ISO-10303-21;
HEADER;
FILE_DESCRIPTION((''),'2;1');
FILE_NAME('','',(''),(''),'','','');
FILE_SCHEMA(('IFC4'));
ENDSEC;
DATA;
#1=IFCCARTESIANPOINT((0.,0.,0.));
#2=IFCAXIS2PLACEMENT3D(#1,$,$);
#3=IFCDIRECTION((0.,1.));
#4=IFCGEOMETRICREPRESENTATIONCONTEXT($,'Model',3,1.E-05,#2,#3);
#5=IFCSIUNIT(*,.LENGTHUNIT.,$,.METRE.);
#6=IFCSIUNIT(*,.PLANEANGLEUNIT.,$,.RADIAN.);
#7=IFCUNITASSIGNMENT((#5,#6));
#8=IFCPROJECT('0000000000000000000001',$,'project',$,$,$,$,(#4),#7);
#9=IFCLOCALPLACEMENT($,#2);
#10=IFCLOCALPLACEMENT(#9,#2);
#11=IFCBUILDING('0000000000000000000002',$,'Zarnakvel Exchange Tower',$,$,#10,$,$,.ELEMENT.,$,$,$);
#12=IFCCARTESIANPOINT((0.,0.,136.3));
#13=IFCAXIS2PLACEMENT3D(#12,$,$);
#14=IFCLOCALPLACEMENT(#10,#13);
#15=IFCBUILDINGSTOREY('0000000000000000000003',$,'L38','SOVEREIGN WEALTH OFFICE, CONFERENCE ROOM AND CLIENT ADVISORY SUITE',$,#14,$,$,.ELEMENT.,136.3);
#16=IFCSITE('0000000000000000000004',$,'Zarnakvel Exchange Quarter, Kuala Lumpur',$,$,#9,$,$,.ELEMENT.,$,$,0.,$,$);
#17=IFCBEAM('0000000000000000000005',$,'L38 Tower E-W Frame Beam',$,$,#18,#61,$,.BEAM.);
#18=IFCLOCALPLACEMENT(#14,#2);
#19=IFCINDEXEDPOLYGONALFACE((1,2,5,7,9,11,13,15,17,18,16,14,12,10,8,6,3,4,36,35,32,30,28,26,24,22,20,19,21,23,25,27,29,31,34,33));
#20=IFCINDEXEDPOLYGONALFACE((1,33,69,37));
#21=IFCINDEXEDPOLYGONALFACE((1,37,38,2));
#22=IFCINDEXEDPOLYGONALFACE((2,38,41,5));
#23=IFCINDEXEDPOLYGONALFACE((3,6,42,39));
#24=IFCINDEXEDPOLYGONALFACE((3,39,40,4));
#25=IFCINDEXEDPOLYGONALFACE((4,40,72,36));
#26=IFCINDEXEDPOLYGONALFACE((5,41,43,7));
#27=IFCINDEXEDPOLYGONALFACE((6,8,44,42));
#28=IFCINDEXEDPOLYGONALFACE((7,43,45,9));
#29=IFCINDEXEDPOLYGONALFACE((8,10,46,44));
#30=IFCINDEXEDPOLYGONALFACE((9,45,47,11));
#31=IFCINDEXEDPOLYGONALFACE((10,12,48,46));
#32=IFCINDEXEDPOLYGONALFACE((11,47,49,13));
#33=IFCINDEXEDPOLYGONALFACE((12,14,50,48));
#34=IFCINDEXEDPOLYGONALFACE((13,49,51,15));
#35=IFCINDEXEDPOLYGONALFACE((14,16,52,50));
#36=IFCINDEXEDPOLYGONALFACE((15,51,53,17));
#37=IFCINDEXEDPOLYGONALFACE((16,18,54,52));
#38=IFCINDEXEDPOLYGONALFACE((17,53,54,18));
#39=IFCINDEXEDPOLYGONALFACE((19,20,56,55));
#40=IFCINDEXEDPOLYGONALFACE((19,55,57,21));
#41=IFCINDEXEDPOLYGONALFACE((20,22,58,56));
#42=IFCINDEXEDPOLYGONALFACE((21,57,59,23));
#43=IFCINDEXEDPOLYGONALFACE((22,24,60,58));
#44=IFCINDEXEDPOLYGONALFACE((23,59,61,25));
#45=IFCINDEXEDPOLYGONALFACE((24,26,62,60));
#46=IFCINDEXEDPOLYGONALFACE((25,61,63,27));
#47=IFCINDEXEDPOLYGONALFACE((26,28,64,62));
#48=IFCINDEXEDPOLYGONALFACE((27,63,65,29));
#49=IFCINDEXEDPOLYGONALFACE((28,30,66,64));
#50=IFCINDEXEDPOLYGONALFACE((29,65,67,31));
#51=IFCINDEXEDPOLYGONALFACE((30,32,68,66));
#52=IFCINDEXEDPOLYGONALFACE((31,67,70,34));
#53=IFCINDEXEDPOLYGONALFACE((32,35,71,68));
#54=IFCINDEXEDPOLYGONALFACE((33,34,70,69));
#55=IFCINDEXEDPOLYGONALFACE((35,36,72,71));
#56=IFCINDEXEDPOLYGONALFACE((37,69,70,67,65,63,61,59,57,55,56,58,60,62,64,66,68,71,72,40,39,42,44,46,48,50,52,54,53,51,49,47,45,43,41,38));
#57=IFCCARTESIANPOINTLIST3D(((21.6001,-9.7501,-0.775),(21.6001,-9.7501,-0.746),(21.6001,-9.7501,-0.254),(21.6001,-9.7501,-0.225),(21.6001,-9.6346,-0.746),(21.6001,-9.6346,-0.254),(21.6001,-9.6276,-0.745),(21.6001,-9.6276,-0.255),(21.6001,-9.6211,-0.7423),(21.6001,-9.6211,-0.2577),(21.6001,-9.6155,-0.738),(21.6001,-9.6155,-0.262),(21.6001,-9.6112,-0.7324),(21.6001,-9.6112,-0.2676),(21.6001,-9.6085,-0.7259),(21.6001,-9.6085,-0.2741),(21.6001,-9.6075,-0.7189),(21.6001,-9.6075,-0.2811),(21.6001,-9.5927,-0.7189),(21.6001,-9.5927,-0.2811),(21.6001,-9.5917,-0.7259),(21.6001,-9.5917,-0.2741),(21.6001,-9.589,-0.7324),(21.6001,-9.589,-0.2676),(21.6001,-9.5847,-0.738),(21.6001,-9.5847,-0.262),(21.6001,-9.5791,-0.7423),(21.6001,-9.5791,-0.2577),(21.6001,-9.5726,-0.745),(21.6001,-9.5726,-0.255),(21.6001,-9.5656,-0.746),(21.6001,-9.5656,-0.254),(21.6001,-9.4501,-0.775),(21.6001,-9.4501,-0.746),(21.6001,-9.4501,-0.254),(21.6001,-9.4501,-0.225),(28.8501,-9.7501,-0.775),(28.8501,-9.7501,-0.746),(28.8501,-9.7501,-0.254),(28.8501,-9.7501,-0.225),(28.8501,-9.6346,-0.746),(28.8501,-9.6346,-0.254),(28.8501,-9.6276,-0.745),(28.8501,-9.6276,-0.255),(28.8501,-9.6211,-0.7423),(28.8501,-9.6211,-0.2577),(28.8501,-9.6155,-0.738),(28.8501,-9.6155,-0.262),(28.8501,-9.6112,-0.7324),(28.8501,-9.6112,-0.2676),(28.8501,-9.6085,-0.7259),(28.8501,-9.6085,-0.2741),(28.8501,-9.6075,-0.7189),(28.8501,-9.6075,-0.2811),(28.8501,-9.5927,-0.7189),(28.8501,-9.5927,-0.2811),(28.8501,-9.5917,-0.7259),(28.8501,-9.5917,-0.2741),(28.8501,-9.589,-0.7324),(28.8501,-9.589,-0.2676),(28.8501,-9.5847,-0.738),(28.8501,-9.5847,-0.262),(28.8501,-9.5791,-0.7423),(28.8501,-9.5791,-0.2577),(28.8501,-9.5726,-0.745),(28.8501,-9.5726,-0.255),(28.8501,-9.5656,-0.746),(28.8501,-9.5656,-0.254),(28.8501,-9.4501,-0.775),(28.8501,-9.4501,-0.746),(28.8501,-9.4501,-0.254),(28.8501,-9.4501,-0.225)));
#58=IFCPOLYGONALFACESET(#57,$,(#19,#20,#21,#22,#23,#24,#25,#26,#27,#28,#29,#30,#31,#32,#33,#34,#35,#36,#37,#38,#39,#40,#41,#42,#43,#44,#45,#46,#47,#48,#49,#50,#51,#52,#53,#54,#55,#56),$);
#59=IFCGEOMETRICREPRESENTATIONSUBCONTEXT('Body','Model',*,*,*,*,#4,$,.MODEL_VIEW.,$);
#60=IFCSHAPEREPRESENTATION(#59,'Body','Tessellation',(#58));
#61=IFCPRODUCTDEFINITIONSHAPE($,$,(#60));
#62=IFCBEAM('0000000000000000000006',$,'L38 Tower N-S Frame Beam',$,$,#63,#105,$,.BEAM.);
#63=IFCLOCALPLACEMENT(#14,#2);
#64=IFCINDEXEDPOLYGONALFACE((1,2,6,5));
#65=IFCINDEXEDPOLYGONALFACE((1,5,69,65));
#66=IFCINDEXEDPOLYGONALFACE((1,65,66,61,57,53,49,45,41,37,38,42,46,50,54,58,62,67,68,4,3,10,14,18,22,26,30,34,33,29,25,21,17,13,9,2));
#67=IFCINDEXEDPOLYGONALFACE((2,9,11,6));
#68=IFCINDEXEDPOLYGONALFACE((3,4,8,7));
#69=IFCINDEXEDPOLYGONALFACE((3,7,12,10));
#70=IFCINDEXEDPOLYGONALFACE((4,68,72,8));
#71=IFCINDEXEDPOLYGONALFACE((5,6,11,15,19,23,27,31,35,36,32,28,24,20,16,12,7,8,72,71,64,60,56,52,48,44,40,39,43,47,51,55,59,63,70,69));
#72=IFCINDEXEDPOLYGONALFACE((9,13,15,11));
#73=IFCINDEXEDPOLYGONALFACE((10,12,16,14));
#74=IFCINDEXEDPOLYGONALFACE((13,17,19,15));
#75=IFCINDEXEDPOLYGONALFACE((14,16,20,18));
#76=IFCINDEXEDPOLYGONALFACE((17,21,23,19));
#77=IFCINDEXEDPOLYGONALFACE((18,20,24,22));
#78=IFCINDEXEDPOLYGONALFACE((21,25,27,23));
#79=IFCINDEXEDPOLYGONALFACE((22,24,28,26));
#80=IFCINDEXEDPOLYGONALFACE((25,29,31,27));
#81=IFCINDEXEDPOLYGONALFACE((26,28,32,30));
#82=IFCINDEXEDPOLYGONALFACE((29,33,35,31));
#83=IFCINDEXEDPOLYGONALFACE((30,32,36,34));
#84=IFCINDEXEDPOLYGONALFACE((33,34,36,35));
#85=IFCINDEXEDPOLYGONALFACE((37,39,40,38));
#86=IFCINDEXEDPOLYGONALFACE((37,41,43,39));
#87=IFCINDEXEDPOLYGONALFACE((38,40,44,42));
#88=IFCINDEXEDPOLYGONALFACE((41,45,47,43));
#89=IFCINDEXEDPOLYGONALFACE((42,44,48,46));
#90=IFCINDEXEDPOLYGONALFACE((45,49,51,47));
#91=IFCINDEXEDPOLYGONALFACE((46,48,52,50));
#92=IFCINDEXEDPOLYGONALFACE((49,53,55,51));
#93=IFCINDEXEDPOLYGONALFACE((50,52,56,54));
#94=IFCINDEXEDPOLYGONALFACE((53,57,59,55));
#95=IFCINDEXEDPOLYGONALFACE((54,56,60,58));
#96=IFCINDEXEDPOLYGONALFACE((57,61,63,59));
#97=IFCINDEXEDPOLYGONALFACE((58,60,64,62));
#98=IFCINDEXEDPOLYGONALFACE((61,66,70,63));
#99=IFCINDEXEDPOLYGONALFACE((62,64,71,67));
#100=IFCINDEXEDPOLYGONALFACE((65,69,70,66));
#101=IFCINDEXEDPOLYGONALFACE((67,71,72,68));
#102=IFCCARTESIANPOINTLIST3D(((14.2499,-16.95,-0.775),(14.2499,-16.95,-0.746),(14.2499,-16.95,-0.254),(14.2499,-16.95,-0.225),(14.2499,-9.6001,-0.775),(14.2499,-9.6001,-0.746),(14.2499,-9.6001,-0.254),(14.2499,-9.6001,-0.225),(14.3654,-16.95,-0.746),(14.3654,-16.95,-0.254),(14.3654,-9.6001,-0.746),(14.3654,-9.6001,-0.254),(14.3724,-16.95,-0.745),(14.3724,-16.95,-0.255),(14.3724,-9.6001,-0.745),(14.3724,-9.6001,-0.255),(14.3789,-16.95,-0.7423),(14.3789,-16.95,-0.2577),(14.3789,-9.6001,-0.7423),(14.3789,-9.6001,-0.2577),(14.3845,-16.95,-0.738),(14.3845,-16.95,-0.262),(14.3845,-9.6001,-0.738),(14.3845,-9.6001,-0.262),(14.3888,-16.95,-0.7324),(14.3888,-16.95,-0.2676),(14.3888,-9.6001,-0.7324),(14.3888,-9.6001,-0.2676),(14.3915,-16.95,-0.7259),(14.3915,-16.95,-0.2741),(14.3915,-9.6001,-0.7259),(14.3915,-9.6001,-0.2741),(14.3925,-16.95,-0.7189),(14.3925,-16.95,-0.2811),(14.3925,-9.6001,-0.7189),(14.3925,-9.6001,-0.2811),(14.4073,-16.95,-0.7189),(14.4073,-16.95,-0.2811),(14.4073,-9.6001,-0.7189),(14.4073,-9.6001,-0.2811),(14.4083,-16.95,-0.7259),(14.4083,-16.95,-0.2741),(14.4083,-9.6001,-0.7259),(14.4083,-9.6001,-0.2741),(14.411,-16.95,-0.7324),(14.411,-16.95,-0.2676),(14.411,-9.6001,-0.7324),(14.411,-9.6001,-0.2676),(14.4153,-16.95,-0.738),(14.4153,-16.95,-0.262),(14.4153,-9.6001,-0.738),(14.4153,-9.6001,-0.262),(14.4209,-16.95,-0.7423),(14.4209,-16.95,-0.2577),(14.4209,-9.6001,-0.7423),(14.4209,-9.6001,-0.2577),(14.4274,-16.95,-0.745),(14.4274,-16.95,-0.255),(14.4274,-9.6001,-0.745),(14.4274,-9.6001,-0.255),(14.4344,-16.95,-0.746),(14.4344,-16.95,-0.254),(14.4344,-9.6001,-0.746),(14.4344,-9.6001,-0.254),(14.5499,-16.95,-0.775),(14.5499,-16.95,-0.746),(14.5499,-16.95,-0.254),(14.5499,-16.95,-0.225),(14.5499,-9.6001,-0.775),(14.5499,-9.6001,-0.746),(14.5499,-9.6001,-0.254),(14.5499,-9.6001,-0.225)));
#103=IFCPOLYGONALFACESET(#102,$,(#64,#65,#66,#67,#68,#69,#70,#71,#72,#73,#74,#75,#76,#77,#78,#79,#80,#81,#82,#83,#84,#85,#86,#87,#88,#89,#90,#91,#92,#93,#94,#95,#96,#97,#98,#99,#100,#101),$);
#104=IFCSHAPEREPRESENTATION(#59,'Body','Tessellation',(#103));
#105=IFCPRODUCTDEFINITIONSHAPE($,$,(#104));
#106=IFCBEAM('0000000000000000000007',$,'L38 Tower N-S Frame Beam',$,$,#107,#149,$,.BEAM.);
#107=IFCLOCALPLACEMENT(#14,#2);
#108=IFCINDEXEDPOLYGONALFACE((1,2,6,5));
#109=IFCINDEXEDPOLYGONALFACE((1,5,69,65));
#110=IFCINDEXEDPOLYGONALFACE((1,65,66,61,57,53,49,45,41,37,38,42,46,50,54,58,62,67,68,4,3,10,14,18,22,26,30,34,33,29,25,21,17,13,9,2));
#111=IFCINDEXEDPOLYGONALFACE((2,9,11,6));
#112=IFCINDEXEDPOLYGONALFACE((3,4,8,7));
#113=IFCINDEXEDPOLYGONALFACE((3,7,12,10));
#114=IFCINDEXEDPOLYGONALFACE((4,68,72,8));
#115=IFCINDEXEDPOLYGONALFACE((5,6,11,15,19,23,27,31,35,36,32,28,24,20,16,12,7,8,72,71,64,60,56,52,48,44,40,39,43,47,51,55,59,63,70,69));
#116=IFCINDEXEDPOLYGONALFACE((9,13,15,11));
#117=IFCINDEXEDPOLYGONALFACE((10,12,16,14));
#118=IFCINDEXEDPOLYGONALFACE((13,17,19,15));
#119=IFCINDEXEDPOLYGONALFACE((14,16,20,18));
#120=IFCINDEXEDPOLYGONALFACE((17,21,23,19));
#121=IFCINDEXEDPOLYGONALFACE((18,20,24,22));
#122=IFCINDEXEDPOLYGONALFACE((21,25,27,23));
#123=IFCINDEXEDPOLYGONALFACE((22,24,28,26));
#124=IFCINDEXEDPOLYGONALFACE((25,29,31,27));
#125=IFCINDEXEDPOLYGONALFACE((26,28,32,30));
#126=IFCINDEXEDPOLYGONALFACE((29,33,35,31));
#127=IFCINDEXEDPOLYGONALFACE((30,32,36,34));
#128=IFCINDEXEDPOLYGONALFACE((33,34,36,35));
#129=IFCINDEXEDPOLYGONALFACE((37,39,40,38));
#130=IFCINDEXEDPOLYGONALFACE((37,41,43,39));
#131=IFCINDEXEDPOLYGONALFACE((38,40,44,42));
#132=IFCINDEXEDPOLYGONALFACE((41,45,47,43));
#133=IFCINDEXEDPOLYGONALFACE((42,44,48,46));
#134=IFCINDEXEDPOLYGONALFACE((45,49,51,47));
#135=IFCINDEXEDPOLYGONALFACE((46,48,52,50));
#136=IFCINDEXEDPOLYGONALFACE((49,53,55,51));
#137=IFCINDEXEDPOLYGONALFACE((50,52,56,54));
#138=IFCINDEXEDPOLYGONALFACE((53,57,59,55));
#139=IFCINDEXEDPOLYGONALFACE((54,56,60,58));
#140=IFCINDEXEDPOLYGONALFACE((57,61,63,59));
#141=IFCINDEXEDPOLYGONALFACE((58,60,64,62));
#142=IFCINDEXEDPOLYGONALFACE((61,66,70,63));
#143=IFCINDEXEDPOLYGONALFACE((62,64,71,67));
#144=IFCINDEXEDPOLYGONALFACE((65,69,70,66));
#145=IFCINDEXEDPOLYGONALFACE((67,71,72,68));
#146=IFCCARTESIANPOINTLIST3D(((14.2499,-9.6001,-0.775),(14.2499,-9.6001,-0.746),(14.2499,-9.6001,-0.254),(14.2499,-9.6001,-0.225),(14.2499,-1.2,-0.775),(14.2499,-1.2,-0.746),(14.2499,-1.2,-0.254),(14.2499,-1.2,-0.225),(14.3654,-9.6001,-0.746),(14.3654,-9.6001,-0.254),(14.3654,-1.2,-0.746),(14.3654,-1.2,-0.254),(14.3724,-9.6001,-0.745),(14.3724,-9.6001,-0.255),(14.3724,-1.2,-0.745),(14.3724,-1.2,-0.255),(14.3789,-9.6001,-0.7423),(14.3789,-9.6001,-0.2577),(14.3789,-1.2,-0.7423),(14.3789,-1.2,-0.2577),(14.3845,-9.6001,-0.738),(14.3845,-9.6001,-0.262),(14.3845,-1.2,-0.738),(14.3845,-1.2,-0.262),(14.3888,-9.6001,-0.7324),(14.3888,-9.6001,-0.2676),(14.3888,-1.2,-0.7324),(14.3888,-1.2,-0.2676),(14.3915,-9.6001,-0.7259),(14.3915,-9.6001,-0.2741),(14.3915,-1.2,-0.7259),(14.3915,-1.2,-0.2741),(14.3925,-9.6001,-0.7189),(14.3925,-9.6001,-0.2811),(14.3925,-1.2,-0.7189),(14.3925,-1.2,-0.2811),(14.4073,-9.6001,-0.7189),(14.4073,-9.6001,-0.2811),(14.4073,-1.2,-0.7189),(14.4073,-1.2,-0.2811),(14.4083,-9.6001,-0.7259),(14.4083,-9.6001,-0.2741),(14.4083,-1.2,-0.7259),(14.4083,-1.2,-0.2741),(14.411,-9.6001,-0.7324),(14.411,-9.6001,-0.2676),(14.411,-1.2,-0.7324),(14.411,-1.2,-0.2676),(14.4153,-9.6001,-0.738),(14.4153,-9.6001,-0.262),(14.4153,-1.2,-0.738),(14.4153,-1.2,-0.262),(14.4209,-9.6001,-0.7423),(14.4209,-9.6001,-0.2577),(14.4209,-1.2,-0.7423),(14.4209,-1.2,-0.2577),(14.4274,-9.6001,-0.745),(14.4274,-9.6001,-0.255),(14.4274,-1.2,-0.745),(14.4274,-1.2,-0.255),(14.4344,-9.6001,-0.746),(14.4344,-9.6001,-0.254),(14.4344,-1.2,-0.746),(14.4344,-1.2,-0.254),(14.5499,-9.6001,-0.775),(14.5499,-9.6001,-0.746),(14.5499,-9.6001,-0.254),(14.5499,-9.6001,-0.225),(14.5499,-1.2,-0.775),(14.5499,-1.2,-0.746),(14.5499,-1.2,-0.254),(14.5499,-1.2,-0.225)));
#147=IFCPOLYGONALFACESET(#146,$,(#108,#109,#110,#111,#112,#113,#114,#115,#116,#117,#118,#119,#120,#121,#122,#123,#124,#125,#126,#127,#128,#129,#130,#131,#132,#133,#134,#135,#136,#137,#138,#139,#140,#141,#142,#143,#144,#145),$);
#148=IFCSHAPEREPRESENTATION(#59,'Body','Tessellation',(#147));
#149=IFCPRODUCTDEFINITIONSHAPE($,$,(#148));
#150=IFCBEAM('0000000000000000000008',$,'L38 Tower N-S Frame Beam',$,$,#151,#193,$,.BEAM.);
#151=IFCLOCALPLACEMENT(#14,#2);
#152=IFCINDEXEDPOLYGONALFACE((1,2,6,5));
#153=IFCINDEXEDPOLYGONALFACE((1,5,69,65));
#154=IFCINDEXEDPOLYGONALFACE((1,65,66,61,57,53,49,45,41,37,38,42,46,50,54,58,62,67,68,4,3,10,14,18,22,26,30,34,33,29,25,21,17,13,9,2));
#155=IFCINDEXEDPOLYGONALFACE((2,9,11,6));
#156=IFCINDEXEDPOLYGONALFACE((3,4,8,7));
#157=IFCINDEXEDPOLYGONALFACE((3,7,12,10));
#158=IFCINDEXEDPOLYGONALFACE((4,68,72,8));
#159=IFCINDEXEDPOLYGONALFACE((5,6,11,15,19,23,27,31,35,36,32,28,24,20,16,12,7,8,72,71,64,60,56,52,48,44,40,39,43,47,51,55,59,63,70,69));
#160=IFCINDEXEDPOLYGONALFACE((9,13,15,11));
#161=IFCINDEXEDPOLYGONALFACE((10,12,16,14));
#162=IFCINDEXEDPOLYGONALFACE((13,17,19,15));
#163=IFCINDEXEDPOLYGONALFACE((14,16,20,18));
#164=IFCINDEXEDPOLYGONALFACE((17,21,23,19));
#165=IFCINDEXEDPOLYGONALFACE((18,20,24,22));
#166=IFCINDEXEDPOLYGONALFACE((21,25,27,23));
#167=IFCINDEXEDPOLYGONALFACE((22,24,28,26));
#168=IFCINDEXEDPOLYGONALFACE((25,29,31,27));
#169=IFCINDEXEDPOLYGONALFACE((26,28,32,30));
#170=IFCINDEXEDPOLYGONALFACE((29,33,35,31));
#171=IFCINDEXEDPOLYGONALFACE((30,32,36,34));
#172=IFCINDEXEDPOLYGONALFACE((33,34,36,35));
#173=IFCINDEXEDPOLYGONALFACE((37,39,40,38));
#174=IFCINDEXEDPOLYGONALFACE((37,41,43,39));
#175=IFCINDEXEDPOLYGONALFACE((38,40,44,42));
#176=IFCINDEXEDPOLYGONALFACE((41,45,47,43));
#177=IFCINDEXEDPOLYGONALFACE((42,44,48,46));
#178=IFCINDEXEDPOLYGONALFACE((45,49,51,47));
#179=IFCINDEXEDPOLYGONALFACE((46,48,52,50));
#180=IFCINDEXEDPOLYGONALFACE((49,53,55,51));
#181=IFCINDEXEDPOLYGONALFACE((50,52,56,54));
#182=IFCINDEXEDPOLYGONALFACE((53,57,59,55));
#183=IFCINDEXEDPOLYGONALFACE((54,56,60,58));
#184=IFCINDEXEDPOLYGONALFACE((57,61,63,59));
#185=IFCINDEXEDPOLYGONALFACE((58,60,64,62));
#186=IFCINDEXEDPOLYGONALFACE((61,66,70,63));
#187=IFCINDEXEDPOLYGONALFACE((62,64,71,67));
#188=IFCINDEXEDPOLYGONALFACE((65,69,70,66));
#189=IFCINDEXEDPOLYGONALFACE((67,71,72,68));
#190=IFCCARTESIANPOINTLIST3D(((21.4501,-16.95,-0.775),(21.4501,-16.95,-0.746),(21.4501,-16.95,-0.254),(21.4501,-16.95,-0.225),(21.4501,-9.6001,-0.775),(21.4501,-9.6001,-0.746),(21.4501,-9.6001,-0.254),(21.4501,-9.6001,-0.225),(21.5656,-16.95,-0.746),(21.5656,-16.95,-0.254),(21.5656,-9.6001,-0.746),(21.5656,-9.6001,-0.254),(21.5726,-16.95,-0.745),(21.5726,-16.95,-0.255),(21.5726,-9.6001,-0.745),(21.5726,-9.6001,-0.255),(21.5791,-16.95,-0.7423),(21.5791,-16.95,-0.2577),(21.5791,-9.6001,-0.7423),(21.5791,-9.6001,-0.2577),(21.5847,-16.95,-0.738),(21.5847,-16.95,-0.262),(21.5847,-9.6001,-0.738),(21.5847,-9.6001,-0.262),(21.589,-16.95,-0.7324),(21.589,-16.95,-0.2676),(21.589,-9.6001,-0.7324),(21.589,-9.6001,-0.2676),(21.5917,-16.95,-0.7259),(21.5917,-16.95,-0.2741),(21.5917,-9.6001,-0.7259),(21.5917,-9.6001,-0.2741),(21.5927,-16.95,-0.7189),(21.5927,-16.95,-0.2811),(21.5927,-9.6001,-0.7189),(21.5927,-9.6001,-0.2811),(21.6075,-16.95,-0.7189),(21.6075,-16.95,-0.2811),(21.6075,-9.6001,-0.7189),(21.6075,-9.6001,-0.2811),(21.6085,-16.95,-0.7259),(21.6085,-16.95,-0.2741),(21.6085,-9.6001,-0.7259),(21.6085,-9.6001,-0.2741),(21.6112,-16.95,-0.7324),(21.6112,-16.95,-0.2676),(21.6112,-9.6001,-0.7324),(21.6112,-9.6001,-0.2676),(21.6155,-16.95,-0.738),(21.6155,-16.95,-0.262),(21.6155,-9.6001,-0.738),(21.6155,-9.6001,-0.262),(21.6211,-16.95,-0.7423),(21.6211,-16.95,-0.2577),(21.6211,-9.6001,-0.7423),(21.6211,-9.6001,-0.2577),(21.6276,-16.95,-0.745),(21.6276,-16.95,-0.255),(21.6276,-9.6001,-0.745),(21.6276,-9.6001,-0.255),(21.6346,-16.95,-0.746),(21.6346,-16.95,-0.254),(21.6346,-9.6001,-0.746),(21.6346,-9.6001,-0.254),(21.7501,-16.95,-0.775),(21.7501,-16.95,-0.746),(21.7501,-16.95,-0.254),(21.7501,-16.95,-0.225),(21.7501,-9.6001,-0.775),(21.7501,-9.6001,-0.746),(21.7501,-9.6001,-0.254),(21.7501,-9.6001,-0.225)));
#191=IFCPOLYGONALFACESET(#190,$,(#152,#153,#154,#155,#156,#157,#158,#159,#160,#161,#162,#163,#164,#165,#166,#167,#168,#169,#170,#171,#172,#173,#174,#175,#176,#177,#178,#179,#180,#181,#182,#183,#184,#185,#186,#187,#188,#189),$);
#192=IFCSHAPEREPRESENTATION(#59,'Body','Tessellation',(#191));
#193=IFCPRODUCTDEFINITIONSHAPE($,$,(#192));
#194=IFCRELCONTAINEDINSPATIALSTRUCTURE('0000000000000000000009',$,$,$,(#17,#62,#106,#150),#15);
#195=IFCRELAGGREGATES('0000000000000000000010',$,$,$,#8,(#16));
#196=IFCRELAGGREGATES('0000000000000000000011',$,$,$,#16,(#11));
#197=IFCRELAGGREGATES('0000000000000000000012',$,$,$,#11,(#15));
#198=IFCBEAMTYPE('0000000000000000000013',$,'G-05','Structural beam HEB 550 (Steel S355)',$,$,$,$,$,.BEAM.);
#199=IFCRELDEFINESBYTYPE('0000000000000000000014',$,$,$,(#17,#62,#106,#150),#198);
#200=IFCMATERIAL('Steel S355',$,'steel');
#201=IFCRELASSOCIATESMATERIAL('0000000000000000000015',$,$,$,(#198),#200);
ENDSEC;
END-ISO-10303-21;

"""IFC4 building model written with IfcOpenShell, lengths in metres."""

from ifc_helpers import new_model, si_unit, direction, frame, origin, origin_2d, place, context, subcontext, project, spatial, i_section, extrude, material, material_profile, profile_set, type_object, element, save


model = new_model("IFC4")

# Units and contexts
model_context = context("Model", 3, precision=1e-05, world=origin(), true_north=direction((0.0, 1.0)))
body_context = subcontext(model_context, "Body", "Model", "MODEL_VIEW")
ifc_project = project(units=[si_unit("LENGTHUNIT", "METRE"), si_unit("PLANEANGLEUNIT", "RADIAN")], contexts=[model_context])

# Site, building, storey
site_placement = place(None, origin())
site = spatial("IfcSite", under=ifc_project, at=site_placement, Name="Zarnakvel Exchange Quarter, Kuala Lumpur", CompositionType="ELEMENT", RefElevation=0.0)
building_placement = place(site_placement, origin())
building = spatial("IfcBuilding", under=site, at=building_placement, Name="Zarnakvel Exchange Tower", CompositionType="ELEMENT")
storey_placement = place(building_placement, frame((0.0, 0.0, 136.3)))
storey = spatial("IfcBuildingStorey", under=building, at=storey_placement, Name="L38", Description="SOVEREIGN WEALTH OFFICE, CONFERENCE ROOM AND CLIENT ADVISORY SUITE", CompositionType="ELEMENT", Elevation=136.3)

# Beams
ifc_material_1 = material(Name="Steel S355", Category="steel")
ifc_material_profile_1 = material_profile(ifc_material_1, i_section(OverallWidth=0.3, OverallDepth=0.55, WebThickness=0.0149, FlangeThickness=0.0291, FilletRadius=0.0271, at=origin_2d()))
ifc_profile_set_1 = profile_set([ifc_material_profile_1], Name="Steel S355")
beam_type_1 = type_object("IfcBeamType", Name="G-05", Description="Structural beam HEB 550 (Steel S355)", PredefinedType="BEAM", material=ifc_profile_set_1)
beam_1_placement = place(storey_placement, frame((21.6001, -9.6001, -0.5), z_axis=(1.0, 0.0, 0.0), x_axis=(0.0, 1.0, 0.0)))
element("IfcBeam", 1, at=beam_1_placement, inside=storey, type_object=beam_type_1, Name="L38 Tower E-W Frame Beam", PredefinedType="BEAM", context=body_context, shape_type="SweptSolid", body=[
    extrude(i_section(OverallWidth=0.3, OverallDepth=0.55, WebThickness=0.0149, FlangeThickness=0.0291, FilletRadius=0.0271, at=origin_2d()), origin(), (0.0, 0.0, 1.0), 7.25),
])
beam_2_placement = place(storey_placement, frame((14.3999, -16.95, -0.5), z_axis=(0.0, 1.0, 0.0), x_axis=(-1.0, 0.0, 0.0)))
element("IfcBeam", 2, at=beam_2_placement, inside=storey, type_object=beam_type_1, Name="L38 Tower N-S Frame Beam", PredefinedType="BEAM", context=body_context, shape_type="SweptSolid", body=[
    extrude(i_section(OverallWidth=0.3, OverallDepth=0.55, WebThickness=0.0149, FlangeThickness=0.0291, FilletRadius=0.0271, at=origin_2d()), origin(), (0.0, 0.0, 1.0), 7.3499),
])
beam_3_placement = place(storey_placement, frame((14.3999, -9.6001, -0.5), z_axis=(0.0, 1.0, 0.0), x_axis=(-1.0, 0.0, 0.0)))
element("IfcBeam", 3, at=beam_3_placement, inside=storey, type_object=beam_type_1, Name="L38 Tower N-S Frame Beam", PredefinedType="BEAM", context=body_context, shape_type="SweptSolid", body=[
    extrude(i_section(OverallWidth=0.3, OverallDepth=0.55, WebThickness=0.0149, FlangeThickness=0.0291, FilletRadius=0.0271, at=origin_2d()), origin(), (0.0, 0.0, 1.0), 8.4001),
])
beam_4_placement = place(storey_placement, frame((21.6001, -16.95, -0.5), z_axis=(0.0, 1.0, 0.0), x_axis=(-1.0, 0.0, 0.0)))
element("IfcBeam", 4, at=beam_4_placement, inside=storey, type_object=beam_type_1, Name="L38 Tower N-S Frame Beam", PredefinedType="BEAM", context=body_context, shape_type="SweptSolid", body=[
    extrude(i_section(OverallWidth=0.3, OverallDepth=0.55, WebThickness=0.0149, FlangeThickness=0.0291, FilletRadius=0.0271, at=origin_2d()), origin(), (0.0, 0.0, 1.0), 7.3499),
])

save(model, "model.ifc")
